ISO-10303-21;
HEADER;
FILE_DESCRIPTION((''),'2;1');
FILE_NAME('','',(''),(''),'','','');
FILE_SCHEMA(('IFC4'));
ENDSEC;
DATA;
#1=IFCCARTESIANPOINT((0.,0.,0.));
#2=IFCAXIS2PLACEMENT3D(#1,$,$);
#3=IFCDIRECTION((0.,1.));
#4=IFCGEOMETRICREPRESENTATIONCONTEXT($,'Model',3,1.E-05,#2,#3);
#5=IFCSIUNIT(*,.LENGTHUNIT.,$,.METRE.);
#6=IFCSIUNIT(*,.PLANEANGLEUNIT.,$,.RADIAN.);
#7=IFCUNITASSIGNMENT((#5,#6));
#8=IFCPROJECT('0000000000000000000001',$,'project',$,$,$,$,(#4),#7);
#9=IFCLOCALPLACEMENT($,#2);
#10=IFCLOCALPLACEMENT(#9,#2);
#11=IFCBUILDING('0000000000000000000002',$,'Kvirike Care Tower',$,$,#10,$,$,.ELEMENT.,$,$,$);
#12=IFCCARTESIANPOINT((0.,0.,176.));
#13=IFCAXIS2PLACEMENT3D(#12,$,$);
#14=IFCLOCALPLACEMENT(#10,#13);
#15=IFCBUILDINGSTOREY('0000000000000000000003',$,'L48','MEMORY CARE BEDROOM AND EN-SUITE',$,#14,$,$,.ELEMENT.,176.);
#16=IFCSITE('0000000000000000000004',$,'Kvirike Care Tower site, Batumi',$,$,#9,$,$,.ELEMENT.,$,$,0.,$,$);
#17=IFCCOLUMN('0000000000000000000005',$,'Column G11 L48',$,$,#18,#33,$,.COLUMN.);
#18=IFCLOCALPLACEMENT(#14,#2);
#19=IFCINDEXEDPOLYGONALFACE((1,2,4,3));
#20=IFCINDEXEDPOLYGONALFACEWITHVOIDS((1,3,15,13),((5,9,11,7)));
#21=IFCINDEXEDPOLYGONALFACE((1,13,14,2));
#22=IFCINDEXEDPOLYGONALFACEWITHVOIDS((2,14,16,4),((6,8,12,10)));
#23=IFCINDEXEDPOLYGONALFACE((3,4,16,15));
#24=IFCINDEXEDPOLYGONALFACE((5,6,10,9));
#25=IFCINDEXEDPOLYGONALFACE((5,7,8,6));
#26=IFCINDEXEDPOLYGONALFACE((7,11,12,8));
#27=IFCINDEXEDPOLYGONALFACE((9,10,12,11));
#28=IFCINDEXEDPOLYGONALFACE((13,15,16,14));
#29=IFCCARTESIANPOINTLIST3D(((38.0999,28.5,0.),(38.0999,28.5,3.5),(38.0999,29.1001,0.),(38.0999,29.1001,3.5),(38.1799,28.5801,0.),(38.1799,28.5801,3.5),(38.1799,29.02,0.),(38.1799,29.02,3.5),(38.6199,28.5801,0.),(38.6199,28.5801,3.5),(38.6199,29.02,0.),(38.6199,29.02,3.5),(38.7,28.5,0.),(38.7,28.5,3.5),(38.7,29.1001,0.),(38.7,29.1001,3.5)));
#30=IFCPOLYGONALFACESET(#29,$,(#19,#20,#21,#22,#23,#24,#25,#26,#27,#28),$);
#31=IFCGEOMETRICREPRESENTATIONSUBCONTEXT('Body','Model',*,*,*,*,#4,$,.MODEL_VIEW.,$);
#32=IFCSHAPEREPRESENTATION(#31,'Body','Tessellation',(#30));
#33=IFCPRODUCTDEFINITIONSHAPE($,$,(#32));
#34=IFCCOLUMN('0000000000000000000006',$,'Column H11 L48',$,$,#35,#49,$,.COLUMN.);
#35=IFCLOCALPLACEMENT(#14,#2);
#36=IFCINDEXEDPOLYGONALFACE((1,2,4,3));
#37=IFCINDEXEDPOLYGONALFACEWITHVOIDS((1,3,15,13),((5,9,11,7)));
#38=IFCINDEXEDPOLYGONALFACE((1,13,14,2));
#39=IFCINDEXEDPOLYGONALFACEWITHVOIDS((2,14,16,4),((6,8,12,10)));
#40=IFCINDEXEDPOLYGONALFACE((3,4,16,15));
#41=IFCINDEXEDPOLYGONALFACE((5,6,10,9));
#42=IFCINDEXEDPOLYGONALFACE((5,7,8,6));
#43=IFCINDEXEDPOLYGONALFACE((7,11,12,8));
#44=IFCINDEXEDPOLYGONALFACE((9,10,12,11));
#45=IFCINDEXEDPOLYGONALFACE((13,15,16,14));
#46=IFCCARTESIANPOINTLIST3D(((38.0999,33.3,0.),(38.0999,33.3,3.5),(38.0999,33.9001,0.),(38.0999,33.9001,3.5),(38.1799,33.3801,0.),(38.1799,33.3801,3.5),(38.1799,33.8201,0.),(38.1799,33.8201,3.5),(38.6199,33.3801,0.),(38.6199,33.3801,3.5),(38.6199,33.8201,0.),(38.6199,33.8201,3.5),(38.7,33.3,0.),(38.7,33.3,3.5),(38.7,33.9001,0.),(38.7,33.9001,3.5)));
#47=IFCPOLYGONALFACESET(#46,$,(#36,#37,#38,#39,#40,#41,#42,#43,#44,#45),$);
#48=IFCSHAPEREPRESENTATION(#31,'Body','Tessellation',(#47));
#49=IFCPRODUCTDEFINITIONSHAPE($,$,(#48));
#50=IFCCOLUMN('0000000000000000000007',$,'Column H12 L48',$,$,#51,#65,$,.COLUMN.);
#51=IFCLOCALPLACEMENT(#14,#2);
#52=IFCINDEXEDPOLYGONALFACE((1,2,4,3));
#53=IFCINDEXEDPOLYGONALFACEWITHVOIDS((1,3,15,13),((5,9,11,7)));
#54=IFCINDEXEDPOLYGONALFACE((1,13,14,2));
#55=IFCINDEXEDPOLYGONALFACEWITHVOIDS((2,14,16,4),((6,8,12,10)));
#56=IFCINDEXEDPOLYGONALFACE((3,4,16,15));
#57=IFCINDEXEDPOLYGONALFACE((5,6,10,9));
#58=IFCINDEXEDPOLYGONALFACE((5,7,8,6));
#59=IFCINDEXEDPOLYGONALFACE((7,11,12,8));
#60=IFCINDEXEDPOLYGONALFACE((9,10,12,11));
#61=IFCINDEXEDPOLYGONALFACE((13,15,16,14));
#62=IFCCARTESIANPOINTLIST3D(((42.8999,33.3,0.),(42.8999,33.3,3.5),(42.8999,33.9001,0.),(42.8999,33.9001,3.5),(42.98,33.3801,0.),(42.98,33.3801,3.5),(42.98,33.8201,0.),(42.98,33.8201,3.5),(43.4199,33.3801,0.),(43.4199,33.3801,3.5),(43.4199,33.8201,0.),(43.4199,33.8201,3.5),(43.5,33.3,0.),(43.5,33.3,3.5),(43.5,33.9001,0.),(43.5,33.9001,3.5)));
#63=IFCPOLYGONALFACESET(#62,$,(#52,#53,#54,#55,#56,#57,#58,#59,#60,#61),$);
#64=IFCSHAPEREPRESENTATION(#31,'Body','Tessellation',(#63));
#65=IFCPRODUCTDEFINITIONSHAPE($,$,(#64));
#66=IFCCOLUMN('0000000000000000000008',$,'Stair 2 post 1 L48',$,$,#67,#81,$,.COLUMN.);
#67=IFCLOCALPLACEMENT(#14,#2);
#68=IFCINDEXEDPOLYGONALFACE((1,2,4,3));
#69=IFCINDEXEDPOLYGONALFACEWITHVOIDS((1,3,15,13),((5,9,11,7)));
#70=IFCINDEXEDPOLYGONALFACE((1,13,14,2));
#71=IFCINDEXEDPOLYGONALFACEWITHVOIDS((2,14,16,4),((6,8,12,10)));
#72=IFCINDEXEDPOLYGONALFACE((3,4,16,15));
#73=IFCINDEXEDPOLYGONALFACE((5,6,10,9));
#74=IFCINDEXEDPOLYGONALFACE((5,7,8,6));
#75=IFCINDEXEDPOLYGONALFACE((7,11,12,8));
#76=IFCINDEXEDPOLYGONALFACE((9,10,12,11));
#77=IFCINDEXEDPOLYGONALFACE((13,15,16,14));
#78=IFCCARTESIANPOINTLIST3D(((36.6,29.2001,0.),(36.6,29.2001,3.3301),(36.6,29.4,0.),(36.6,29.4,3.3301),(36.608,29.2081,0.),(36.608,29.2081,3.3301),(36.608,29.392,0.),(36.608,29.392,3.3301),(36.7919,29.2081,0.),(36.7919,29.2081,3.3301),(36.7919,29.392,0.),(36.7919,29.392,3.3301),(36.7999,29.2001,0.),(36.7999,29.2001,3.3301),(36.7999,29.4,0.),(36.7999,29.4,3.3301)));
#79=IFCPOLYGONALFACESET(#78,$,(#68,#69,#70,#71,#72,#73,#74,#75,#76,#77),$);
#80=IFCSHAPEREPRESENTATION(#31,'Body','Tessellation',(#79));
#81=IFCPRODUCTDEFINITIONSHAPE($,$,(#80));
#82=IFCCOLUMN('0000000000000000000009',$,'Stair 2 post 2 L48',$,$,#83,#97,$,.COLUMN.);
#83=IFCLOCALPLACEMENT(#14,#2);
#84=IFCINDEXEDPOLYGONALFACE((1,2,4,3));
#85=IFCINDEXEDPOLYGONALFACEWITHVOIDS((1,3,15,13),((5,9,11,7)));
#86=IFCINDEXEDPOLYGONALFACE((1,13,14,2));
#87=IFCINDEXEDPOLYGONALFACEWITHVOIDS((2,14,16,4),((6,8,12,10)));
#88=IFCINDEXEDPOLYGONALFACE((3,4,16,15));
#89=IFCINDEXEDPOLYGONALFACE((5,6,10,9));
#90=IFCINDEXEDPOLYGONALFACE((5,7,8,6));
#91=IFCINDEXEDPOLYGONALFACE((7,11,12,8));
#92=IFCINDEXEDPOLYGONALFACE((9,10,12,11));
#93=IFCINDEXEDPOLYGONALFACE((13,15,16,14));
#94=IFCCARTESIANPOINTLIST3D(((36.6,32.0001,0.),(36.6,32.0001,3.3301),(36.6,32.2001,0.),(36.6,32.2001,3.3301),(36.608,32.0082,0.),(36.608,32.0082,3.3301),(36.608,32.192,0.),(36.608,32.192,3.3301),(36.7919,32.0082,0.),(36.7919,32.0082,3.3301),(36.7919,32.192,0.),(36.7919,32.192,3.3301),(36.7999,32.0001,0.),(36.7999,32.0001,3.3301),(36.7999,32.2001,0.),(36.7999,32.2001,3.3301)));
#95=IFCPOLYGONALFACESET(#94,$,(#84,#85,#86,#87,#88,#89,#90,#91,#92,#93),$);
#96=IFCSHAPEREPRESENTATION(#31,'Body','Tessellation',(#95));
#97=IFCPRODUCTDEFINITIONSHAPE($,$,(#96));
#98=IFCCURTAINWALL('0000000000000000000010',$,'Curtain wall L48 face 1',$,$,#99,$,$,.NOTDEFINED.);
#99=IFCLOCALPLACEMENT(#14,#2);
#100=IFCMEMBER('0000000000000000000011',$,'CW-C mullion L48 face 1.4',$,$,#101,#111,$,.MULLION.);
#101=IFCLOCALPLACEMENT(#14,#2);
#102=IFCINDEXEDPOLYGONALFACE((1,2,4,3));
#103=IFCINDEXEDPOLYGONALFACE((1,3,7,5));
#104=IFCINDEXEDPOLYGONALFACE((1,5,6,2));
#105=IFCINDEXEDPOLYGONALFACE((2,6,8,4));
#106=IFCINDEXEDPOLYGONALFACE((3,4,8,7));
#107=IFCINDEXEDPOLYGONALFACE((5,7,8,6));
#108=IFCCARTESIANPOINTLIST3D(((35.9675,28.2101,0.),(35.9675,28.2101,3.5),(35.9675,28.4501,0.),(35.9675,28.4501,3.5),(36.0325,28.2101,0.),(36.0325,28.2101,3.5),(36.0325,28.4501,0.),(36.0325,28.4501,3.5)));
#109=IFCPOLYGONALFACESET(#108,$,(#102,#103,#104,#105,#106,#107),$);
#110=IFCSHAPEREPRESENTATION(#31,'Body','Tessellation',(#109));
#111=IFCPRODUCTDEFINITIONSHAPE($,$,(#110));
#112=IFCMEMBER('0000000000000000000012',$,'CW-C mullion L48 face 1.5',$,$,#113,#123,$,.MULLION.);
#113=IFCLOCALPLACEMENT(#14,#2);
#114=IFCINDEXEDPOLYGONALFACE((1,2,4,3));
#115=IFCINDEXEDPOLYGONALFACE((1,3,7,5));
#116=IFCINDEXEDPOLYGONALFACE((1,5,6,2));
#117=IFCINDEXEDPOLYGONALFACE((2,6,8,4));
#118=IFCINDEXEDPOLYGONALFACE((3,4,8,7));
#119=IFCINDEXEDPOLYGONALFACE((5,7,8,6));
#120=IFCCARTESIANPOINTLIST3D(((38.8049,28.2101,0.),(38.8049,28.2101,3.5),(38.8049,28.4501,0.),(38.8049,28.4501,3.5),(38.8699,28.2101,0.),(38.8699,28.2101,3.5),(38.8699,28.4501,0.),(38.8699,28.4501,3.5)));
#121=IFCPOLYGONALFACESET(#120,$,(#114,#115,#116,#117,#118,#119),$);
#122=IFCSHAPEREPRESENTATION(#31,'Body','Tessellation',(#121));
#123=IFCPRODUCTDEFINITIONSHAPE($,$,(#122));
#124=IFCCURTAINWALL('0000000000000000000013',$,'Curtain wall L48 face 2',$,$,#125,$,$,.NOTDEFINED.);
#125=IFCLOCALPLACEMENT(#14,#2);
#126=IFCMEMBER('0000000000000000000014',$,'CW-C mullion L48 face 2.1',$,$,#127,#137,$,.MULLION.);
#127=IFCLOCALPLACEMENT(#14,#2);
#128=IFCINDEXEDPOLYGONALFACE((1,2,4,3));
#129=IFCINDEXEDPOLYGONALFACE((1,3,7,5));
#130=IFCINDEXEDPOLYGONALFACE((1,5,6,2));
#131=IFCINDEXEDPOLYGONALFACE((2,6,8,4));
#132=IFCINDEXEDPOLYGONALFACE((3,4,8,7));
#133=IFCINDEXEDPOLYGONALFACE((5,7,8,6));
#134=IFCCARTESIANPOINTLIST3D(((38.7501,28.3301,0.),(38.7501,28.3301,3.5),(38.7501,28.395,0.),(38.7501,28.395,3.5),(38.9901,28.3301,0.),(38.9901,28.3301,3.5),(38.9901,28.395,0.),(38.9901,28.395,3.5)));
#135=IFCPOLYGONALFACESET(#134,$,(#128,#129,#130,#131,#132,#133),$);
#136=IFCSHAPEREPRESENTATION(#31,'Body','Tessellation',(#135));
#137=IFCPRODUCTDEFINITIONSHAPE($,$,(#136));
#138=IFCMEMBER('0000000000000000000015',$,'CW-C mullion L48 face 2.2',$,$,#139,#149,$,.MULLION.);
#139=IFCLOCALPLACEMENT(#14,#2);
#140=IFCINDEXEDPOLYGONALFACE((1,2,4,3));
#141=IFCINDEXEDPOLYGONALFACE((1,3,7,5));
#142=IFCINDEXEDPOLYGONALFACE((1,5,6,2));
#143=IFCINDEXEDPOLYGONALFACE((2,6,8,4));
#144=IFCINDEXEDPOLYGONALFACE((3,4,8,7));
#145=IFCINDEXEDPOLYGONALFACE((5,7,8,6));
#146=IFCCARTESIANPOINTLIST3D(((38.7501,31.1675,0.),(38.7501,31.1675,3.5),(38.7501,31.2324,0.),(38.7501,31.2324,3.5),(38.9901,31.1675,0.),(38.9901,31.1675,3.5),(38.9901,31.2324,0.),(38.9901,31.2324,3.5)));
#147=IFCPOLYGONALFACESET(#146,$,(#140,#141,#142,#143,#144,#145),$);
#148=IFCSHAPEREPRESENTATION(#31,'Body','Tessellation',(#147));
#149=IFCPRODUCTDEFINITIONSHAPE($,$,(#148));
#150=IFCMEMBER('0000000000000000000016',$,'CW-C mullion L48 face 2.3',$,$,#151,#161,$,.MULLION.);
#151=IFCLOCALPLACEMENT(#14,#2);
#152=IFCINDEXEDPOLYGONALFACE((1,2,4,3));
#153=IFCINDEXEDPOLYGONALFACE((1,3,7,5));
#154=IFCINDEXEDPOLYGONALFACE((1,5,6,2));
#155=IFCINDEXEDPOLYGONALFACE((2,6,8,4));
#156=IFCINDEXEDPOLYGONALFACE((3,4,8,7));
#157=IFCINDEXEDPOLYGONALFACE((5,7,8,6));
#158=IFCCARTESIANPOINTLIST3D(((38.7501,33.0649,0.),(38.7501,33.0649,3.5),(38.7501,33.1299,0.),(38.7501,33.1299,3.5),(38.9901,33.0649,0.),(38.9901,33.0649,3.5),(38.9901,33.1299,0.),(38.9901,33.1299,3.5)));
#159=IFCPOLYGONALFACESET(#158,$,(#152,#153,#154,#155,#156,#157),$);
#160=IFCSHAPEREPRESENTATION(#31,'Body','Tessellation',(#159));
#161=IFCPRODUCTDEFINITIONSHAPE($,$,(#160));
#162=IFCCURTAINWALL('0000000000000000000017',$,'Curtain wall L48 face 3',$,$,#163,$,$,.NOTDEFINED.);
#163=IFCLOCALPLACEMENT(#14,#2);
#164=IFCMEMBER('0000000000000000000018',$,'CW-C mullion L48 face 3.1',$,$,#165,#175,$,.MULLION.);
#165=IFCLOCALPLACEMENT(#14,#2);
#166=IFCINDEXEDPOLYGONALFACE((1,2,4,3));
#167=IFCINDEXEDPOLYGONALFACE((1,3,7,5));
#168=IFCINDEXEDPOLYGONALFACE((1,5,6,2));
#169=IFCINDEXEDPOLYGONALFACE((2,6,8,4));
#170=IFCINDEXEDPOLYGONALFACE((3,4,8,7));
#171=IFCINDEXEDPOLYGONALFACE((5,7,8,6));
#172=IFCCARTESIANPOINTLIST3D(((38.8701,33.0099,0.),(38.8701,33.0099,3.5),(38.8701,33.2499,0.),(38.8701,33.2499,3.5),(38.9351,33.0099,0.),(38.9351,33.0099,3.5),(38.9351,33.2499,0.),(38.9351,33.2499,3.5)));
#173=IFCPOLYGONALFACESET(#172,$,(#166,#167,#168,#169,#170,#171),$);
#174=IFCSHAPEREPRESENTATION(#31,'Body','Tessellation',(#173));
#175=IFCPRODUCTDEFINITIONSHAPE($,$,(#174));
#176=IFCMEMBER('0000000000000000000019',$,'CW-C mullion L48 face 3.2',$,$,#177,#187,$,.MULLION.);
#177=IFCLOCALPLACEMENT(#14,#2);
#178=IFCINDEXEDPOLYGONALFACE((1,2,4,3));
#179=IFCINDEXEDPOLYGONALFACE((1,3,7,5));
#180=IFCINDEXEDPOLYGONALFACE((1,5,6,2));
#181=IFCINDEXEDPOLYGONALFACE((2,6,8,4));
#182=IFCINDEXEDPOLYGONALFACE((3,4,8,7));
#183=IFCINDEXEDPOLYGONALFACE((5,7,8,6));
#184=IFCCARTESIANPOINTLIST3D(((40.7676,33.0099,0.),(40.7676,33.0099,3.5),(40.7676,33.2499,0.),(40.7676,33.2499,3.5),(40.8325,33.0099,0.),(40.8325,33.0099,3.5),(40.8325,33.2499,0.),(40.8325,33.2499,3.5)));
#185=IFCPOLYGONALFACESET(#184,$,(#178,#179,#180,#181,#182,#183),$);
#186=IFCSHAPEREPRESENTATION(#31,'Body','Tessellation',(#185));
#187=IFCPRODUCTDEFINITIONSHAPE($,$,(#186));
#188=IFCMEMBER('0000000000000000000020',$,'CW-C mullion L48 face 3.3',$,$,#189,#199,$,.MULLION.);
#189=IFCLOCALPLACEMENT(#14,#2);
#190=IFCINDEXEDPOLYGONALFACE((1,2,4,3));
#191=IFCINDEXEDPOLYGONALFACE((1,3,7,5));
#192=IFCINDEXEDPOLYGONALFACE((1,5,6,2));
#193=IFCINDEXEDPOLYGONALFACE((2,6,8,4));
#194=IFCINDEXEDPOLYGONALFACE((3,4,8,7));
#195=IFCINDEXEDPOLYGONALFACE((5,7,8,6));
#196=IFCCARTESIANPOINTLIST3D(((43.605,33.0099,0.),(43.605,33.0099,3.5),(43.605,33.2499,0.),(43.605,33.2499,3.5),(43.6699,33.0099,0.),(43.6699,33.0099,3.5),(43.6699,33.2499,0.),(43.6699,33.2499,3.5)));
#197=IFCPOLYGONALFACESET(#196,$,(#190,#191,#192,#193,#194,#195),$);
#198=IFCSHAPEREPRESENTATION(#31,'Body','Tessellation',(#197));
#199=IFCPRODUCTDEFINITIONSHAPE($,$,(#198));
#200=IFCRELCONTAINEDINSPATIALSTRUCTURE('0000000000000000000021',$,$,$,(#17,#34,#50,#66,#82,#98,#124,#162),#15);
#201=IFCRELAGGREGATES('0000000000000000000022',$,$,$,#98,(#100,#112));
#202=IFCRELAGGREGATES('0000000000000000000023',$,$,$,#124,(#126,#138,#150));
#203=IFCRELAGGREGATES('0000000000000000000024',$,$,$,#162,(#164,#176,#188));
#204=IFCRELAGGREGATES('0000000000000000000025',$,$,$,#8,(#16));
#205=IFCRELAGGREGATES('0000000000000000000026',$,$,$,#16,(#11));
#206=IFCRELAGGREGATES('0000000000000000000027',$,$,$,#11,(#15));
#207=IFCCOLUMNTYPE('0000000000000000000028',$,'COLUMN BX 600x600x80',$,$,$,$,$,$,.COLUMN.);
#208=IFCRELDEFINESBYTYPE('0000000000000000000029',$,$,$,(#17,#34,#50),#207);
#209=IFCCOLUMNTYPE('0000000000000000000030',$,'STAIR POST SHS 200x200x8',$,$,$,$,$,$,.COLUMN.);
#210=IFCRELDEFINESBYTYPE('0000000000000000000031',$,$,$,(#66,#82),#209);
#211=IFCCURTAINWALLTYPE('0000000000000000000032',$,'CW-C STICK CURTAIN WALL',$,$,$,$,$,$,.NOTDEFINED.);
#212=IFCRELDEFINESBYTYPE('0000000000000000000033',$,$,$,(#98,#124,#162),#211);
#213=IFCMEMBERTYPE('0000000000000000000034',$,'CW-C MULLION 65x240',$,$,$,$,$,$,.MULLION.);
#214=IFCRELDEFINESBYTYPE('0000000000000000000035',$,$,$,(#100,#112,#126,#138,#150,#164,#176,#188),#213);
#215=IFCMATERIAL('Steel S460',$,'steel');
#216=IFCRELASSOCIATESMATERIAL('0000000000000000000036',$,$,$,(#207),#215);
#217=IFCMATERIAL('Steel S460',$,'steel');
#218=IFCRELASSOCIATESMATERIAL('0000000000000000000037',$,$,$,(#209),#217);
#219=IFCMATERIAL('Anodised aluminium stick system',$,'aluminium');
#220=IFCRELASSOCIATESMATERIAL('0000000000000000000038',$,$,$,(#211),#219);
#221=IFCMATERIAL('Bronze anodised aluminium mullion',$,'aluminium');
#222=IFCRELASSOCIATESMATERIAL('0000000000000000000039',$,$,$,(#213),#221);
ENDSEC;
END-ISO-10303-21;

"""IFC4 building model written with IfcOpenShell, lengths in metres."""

from ifc_helpers import new_model, si_unit, direction, frame, origin, origin_2d, place, context, subcontext, project, spatial, rectangle, hollow_rectangle, extrude, material, material_profile, profile_set, type_object, element, aggregate, save


model = new_model("IFC4")

# Units and contexts
model_context = context("Model", 3, precision=1e-05, world=origin(), true_north=direction((0.0, 1.0)))
body_context = subcontext(model_context, "Body", "Model", "MODEL_VIEW")
ifc_project = project(units=[si_unit("LENGTHUNIT", "METRE"), si_unit("PLANEANGLEUNIT", "RADIAN")], contexts=[model_context])

# Site, building, storey
site_placement = place(None, origin())
site = spatial("IfcSite", under=ifc_project, at=site_placement, Name="Kvirike Care Tower site, Batumi", CompositionType="ELEMENT", RefElevation=0.0)
building_placement = place(site_placement, origin())
building = spatial("IfcBuilding", under=site, at=building_placement, Name="Kvirike Care Tower", CompositionType="ELEMENT")
storey_placement = place(building_placement, frame((0.0, 0.0, 176.0)))
storey = spatial("IfcBuildingStorey", under=building, at=storey_placement, Name="L48", Description="MEMORY CARE BEDROOM AND EN-SUITE", CompositionType="ELEMENT", Elevation=176.0)

# Columns
ifc_material_1 = material(Name="Steel S460", Category="steel")
ifc_material_profile_1 = material_profile(ifc_material_1, hollow_rectangle(XDim=0.6001, YDim=0.6001, WallThickness=0.0801, at=origin_2d()), Name="BX 600x600x80")
ifc_profile_set_1 = profile_set([ifc_material_profile_1], Name="Steel S460")
column_type_1 = type_object("IfcColumnType", Name="COLUMN BX 600x600x80", PredefinedType="COLUMN", material=ifc_profile_set_1)
for number, where, z_axis, x_axis, name in (
    (1, (38.3999, 28.8, 0.0), (0.0, 0.0, 1.0), (0.0, 1.0, 0.0), "Column G11 L48"),
    (2, (38.3999, 33.6001, 0.0), (0.0, 0.0, 1.0), (0.0, 1.0, 0.0), "Column H11 L48"),
    (3, (43.2, 33.6001, 0.0), (0.0, 0.0, 1.0), (0.0, 1.0, 0.0), "Column H12 L48"),
):
    element("IfcColumn", number, at=place(storey_placement, frame(where, z_axis=z_axis, x_axis=x_axis)), inside=storey, type_object=column_type_1, Name=name, PredefinedType="COLUMN", context=body_context, shape_type="SweptSolid", body=[
        extrude(hollow_rectangle(XDim=0.6001, YDim=0.6001, WallThickness=0.0801, at=origin_2d()), origin(), (0.0, 0.0, 1.0), 3.5),
    ])
ifc_material_2 = material(Name="Steel S460", Category="steel")
ifc_material_profile_2 = material_profile(ifc_material_2, hollow_rectangle(XDim=0.2, YDim=0.2, WallThickness=0.0081, at=origin_2d()), Name="SHS 200x200x8")
ifc_profile_set_2 = profile_set([ifc_material_profile_2], Name="Steel S460")
column_type_2 = type_object("IfcColumnType", Name="STAIR POST SHS 200x200x8", PredefinedType="COLUMN", material=ifc_profile_set_2)
for number, where, z_axis, x_axis, name in (
    (4, (36.7, 29.3, 0.0), (0.0, 0.0, 1.0), (1.0, 0.0, 0.0), "Stair 2 post 1 L48"),
    (5, (36.7, 32.1001, 0.0), (0.0, 0.0, 1.0), (1.0, 0.0, 0.0), "Stair 2 post 2 L48"),
):
    element("IfcColumn", number, at=place(storey_placement, frame(where, z_axis=z_axis, x_axis=x_axis)), inside=storey, type_object=column_type_2, Name=name, PredefinedType="COLUMN", context=body_context, shape_type="SweptSolid", body=[
        extrude(hollow_rectangle(XDim=0.2, YDim=0.2, WallThickness=0.0081, at=origin_2d()), origin(), (0.0, 0.0, 1.0), 3.3301),
    ])

# Curtain walls, members
ifc_material_3 = material(Name="Anodised aluminium stick system", Category="aluminium")
curtain_wall_type = type_object("IfcCurtainWallType", Name="CW-C STICK CURTAIN WALL", PredefinedType="NOTDEFINED", material=ifc_material_3)
curtain_wall_1_placement = place(storey_placement, origin())
curtain_wall_1 = element("IfcCurtainWall", 6, at=curtain_wall_1_placement, inside=storey, type_object=curtain_wall_type, Name="Curtain wall L48 face 1", PredefinedType="NOTDEFINED")
ifc_material_4 = material(Name="Bronze anodised aluminium mullion", Category="aluminium")
ifc_material_profile_3 = material_profile(ifc_material_4, rectangle(XDim=0.0649, YDim=0.24, at=origin_2d()), Name="CW-C MULLION 65x240")
ifc_profile_set_3 = profile_set([ifc_material_profile_3], Name="Bronze anodised aluminium mullion")
member_type_1 = type_object("IfcMemberType", Name="CW-C MULLION 65x240", PredefinedType="MULLION", material=ifc_profile_set_3)
member_1_placement = place(storey_placement, frame((36.0, 28.3301, 0.0), z_axis=(0.0, 0.0, 1.0), x_axis=(1.0, 0.0, 0.0)))
member_1 = element("IfcMember", 7, at=member_1_placement, type_object=member_type_1, Name="CW-C mullion L48 face 1.4", PredefinedType="MULLION", context=body_context, shape_type="SweptSolid", body=[
    extrude(rectangle(XDim=0.0649, YDim=0.24, at=origin_2d()), origin(), (0.0, 0.0, 1.0), 3.5),
])
member_2_placement = place(storey_placement, frame((38.8374, 28.3301, 0.0), z_axis=(0.0, 0.0, 1.0), x_axis=(1.0, 0.0, 0.0)))
member_2 = element("IfcMember", 8, at=member_2_placement, type_object=member_type_1, Name="CW-C mullion L48 face 1.5", PredefinedType="MULLION", context=body_context, shape_type="SweptSolid", body=[
    extrude(rectangle(XDim=0.0649, YDim=0.24, at=origin_2d()), origin(), (0.0, 0.0, 1.0), 3.5),
])
curtain_wall_2_placement = place(storey_placement, origin())
curtain_wall_2 = element("IfcCurtainWall", 9, at=curtain_wall_2_placement, inside=storey, type_object=curtain_wall_type, Name="Curtain wall L48 face 2", PredefinedType="NOTDEFINED")
member_3_placement = place(storey_placement, frame((38.8701, 28.3625, 0.0), z_axis=(0.0, 0.0, 1.0), x_axis=(0.0, 1.0, 0.0)))
member_3 = element("IfcMember", 10, at=member_3_placement, type_object=member_type_1, Name="CW-C mullion L48 face 2.1", PredefinedType="MULLION", context=body_context, shape_type="SweptSolid", body=[
    extrude(rectangle(XDim=0.0649, YDim=0.24, at=origin_2d()), origin(), (0.0, 0.0, 1.0), 3.5),
])
member_4_placement = place(storey_placement, frame((38.8701, 31.2, 0.0), z_axis=(0.0, 0.0, 1.0), x_axis=(0.0, 1.0, 0.0)))
member_4 = element("IfcMember", 11, at=member_4_placement, type_object=member_type_1, Name="CW-C mullion L48 face 2.2", PredefinedType="MULLION", context=body_context, shape_type="SweptSolid", body=[
    extrude(rectangle(XDim=0.0649, YDim=0.24, at=origin_2d()), origin(), (0.0, 0.0, 1.0), 3.5),
])
member_5_placement = place(storey_placement, frame((38.8701, 33.0974, 0.0), z_axis=(0.0, 0.0, 1.0), x_axis=(0.0, 1.0, 0.0)))
member_5 = element("IfcMember", 12, at=member_5_placement, type_object=member_type_1, Name="CW-C mullion L48 face 2.3", PredefinedType="MULLION", context=body_context, shape_type="SweptSolid", body=[
    extrude(rectangle(XDim=0.0649, YDim=0.24, at=origin_2d()), origin(), (0.0, 0.0, 1.0), 3.5),
])
curtain_wall_3_placement = place(storey_placement, origin())
curtain_wall_3 = element("IfcCurtainWall", 13, at=curtain_wall_3_placement, inside=storey, type_object=curtain_wall_type, Name="Curtain wall L48 face 3", PredefinedType="NOTDEFINED")
member_6_placement = place(storey_placement, frame((38.9026, 33.1299, 0.0), z_axis=(0.0, 0.0, 1.0), x_axis=(1.0, 0.0, 0.0)))
member_6 = element("IfcMember", 14, at=member_6_placement, type_object=member_type_1, Name="CW-C mullion L48 face 3.1", PredefinedType="MULLION", context=body_context, shape_type="SweptSolid", body=[
    extrude(rectangle(XDim=0.0649, YDim=0.24, at=origin_2d()), origin(), (0.0, 0.0, 1.0), 3.5),
])
member_7_placement = place(storey_placement, frame((40.8, 33.1299, 0.0), z_axis=(0.0, 0.0, 1.0), x_axis=(1.0, 0.0, 0.0)))
member_7 = element("IfcMember", 15, at=member_7_placement, type_object=member_type_1, Name="CW-C mullion L48 face 3.2", PredefinedType="MULLION", context=body_context, shape_type="SweptSolid", body=[
    extrude(rectangle(XDim=0.0649, YDim=0.24, at=origin_2d()), origin(), (0.0, 0.0, 1.0), 3.5),
])
member_8_placement = place(storey_placement, frame((43.6375, 33.1299, 0.0), z_axis=(0.0, 0.0, 1.0), x_axis=(1.0, 0.0, 0.0)))
member_8 = element("IfcMember", 16, at=member_8_placement, type_object=member_type_1, Name="CW-C mullion L48 face 3.3", PredefinedType="MULLION", context=body_context, shape_type="SweptSolid", body=[
    extrude(rectangle(XDim=0.0649, YDim=0.24, at=origin_2d()), origin(), (0.0, 0.0, 1.0), 3.5),
])

aggregate(curtain_wall_1, [member_1, member_2])
aggregate(curtain_wall_2, [member_3, member_4, member_5])
aggregate(curtain_wall_3, [member_6, member_7, member_8])

save(model, "model.ifc")
